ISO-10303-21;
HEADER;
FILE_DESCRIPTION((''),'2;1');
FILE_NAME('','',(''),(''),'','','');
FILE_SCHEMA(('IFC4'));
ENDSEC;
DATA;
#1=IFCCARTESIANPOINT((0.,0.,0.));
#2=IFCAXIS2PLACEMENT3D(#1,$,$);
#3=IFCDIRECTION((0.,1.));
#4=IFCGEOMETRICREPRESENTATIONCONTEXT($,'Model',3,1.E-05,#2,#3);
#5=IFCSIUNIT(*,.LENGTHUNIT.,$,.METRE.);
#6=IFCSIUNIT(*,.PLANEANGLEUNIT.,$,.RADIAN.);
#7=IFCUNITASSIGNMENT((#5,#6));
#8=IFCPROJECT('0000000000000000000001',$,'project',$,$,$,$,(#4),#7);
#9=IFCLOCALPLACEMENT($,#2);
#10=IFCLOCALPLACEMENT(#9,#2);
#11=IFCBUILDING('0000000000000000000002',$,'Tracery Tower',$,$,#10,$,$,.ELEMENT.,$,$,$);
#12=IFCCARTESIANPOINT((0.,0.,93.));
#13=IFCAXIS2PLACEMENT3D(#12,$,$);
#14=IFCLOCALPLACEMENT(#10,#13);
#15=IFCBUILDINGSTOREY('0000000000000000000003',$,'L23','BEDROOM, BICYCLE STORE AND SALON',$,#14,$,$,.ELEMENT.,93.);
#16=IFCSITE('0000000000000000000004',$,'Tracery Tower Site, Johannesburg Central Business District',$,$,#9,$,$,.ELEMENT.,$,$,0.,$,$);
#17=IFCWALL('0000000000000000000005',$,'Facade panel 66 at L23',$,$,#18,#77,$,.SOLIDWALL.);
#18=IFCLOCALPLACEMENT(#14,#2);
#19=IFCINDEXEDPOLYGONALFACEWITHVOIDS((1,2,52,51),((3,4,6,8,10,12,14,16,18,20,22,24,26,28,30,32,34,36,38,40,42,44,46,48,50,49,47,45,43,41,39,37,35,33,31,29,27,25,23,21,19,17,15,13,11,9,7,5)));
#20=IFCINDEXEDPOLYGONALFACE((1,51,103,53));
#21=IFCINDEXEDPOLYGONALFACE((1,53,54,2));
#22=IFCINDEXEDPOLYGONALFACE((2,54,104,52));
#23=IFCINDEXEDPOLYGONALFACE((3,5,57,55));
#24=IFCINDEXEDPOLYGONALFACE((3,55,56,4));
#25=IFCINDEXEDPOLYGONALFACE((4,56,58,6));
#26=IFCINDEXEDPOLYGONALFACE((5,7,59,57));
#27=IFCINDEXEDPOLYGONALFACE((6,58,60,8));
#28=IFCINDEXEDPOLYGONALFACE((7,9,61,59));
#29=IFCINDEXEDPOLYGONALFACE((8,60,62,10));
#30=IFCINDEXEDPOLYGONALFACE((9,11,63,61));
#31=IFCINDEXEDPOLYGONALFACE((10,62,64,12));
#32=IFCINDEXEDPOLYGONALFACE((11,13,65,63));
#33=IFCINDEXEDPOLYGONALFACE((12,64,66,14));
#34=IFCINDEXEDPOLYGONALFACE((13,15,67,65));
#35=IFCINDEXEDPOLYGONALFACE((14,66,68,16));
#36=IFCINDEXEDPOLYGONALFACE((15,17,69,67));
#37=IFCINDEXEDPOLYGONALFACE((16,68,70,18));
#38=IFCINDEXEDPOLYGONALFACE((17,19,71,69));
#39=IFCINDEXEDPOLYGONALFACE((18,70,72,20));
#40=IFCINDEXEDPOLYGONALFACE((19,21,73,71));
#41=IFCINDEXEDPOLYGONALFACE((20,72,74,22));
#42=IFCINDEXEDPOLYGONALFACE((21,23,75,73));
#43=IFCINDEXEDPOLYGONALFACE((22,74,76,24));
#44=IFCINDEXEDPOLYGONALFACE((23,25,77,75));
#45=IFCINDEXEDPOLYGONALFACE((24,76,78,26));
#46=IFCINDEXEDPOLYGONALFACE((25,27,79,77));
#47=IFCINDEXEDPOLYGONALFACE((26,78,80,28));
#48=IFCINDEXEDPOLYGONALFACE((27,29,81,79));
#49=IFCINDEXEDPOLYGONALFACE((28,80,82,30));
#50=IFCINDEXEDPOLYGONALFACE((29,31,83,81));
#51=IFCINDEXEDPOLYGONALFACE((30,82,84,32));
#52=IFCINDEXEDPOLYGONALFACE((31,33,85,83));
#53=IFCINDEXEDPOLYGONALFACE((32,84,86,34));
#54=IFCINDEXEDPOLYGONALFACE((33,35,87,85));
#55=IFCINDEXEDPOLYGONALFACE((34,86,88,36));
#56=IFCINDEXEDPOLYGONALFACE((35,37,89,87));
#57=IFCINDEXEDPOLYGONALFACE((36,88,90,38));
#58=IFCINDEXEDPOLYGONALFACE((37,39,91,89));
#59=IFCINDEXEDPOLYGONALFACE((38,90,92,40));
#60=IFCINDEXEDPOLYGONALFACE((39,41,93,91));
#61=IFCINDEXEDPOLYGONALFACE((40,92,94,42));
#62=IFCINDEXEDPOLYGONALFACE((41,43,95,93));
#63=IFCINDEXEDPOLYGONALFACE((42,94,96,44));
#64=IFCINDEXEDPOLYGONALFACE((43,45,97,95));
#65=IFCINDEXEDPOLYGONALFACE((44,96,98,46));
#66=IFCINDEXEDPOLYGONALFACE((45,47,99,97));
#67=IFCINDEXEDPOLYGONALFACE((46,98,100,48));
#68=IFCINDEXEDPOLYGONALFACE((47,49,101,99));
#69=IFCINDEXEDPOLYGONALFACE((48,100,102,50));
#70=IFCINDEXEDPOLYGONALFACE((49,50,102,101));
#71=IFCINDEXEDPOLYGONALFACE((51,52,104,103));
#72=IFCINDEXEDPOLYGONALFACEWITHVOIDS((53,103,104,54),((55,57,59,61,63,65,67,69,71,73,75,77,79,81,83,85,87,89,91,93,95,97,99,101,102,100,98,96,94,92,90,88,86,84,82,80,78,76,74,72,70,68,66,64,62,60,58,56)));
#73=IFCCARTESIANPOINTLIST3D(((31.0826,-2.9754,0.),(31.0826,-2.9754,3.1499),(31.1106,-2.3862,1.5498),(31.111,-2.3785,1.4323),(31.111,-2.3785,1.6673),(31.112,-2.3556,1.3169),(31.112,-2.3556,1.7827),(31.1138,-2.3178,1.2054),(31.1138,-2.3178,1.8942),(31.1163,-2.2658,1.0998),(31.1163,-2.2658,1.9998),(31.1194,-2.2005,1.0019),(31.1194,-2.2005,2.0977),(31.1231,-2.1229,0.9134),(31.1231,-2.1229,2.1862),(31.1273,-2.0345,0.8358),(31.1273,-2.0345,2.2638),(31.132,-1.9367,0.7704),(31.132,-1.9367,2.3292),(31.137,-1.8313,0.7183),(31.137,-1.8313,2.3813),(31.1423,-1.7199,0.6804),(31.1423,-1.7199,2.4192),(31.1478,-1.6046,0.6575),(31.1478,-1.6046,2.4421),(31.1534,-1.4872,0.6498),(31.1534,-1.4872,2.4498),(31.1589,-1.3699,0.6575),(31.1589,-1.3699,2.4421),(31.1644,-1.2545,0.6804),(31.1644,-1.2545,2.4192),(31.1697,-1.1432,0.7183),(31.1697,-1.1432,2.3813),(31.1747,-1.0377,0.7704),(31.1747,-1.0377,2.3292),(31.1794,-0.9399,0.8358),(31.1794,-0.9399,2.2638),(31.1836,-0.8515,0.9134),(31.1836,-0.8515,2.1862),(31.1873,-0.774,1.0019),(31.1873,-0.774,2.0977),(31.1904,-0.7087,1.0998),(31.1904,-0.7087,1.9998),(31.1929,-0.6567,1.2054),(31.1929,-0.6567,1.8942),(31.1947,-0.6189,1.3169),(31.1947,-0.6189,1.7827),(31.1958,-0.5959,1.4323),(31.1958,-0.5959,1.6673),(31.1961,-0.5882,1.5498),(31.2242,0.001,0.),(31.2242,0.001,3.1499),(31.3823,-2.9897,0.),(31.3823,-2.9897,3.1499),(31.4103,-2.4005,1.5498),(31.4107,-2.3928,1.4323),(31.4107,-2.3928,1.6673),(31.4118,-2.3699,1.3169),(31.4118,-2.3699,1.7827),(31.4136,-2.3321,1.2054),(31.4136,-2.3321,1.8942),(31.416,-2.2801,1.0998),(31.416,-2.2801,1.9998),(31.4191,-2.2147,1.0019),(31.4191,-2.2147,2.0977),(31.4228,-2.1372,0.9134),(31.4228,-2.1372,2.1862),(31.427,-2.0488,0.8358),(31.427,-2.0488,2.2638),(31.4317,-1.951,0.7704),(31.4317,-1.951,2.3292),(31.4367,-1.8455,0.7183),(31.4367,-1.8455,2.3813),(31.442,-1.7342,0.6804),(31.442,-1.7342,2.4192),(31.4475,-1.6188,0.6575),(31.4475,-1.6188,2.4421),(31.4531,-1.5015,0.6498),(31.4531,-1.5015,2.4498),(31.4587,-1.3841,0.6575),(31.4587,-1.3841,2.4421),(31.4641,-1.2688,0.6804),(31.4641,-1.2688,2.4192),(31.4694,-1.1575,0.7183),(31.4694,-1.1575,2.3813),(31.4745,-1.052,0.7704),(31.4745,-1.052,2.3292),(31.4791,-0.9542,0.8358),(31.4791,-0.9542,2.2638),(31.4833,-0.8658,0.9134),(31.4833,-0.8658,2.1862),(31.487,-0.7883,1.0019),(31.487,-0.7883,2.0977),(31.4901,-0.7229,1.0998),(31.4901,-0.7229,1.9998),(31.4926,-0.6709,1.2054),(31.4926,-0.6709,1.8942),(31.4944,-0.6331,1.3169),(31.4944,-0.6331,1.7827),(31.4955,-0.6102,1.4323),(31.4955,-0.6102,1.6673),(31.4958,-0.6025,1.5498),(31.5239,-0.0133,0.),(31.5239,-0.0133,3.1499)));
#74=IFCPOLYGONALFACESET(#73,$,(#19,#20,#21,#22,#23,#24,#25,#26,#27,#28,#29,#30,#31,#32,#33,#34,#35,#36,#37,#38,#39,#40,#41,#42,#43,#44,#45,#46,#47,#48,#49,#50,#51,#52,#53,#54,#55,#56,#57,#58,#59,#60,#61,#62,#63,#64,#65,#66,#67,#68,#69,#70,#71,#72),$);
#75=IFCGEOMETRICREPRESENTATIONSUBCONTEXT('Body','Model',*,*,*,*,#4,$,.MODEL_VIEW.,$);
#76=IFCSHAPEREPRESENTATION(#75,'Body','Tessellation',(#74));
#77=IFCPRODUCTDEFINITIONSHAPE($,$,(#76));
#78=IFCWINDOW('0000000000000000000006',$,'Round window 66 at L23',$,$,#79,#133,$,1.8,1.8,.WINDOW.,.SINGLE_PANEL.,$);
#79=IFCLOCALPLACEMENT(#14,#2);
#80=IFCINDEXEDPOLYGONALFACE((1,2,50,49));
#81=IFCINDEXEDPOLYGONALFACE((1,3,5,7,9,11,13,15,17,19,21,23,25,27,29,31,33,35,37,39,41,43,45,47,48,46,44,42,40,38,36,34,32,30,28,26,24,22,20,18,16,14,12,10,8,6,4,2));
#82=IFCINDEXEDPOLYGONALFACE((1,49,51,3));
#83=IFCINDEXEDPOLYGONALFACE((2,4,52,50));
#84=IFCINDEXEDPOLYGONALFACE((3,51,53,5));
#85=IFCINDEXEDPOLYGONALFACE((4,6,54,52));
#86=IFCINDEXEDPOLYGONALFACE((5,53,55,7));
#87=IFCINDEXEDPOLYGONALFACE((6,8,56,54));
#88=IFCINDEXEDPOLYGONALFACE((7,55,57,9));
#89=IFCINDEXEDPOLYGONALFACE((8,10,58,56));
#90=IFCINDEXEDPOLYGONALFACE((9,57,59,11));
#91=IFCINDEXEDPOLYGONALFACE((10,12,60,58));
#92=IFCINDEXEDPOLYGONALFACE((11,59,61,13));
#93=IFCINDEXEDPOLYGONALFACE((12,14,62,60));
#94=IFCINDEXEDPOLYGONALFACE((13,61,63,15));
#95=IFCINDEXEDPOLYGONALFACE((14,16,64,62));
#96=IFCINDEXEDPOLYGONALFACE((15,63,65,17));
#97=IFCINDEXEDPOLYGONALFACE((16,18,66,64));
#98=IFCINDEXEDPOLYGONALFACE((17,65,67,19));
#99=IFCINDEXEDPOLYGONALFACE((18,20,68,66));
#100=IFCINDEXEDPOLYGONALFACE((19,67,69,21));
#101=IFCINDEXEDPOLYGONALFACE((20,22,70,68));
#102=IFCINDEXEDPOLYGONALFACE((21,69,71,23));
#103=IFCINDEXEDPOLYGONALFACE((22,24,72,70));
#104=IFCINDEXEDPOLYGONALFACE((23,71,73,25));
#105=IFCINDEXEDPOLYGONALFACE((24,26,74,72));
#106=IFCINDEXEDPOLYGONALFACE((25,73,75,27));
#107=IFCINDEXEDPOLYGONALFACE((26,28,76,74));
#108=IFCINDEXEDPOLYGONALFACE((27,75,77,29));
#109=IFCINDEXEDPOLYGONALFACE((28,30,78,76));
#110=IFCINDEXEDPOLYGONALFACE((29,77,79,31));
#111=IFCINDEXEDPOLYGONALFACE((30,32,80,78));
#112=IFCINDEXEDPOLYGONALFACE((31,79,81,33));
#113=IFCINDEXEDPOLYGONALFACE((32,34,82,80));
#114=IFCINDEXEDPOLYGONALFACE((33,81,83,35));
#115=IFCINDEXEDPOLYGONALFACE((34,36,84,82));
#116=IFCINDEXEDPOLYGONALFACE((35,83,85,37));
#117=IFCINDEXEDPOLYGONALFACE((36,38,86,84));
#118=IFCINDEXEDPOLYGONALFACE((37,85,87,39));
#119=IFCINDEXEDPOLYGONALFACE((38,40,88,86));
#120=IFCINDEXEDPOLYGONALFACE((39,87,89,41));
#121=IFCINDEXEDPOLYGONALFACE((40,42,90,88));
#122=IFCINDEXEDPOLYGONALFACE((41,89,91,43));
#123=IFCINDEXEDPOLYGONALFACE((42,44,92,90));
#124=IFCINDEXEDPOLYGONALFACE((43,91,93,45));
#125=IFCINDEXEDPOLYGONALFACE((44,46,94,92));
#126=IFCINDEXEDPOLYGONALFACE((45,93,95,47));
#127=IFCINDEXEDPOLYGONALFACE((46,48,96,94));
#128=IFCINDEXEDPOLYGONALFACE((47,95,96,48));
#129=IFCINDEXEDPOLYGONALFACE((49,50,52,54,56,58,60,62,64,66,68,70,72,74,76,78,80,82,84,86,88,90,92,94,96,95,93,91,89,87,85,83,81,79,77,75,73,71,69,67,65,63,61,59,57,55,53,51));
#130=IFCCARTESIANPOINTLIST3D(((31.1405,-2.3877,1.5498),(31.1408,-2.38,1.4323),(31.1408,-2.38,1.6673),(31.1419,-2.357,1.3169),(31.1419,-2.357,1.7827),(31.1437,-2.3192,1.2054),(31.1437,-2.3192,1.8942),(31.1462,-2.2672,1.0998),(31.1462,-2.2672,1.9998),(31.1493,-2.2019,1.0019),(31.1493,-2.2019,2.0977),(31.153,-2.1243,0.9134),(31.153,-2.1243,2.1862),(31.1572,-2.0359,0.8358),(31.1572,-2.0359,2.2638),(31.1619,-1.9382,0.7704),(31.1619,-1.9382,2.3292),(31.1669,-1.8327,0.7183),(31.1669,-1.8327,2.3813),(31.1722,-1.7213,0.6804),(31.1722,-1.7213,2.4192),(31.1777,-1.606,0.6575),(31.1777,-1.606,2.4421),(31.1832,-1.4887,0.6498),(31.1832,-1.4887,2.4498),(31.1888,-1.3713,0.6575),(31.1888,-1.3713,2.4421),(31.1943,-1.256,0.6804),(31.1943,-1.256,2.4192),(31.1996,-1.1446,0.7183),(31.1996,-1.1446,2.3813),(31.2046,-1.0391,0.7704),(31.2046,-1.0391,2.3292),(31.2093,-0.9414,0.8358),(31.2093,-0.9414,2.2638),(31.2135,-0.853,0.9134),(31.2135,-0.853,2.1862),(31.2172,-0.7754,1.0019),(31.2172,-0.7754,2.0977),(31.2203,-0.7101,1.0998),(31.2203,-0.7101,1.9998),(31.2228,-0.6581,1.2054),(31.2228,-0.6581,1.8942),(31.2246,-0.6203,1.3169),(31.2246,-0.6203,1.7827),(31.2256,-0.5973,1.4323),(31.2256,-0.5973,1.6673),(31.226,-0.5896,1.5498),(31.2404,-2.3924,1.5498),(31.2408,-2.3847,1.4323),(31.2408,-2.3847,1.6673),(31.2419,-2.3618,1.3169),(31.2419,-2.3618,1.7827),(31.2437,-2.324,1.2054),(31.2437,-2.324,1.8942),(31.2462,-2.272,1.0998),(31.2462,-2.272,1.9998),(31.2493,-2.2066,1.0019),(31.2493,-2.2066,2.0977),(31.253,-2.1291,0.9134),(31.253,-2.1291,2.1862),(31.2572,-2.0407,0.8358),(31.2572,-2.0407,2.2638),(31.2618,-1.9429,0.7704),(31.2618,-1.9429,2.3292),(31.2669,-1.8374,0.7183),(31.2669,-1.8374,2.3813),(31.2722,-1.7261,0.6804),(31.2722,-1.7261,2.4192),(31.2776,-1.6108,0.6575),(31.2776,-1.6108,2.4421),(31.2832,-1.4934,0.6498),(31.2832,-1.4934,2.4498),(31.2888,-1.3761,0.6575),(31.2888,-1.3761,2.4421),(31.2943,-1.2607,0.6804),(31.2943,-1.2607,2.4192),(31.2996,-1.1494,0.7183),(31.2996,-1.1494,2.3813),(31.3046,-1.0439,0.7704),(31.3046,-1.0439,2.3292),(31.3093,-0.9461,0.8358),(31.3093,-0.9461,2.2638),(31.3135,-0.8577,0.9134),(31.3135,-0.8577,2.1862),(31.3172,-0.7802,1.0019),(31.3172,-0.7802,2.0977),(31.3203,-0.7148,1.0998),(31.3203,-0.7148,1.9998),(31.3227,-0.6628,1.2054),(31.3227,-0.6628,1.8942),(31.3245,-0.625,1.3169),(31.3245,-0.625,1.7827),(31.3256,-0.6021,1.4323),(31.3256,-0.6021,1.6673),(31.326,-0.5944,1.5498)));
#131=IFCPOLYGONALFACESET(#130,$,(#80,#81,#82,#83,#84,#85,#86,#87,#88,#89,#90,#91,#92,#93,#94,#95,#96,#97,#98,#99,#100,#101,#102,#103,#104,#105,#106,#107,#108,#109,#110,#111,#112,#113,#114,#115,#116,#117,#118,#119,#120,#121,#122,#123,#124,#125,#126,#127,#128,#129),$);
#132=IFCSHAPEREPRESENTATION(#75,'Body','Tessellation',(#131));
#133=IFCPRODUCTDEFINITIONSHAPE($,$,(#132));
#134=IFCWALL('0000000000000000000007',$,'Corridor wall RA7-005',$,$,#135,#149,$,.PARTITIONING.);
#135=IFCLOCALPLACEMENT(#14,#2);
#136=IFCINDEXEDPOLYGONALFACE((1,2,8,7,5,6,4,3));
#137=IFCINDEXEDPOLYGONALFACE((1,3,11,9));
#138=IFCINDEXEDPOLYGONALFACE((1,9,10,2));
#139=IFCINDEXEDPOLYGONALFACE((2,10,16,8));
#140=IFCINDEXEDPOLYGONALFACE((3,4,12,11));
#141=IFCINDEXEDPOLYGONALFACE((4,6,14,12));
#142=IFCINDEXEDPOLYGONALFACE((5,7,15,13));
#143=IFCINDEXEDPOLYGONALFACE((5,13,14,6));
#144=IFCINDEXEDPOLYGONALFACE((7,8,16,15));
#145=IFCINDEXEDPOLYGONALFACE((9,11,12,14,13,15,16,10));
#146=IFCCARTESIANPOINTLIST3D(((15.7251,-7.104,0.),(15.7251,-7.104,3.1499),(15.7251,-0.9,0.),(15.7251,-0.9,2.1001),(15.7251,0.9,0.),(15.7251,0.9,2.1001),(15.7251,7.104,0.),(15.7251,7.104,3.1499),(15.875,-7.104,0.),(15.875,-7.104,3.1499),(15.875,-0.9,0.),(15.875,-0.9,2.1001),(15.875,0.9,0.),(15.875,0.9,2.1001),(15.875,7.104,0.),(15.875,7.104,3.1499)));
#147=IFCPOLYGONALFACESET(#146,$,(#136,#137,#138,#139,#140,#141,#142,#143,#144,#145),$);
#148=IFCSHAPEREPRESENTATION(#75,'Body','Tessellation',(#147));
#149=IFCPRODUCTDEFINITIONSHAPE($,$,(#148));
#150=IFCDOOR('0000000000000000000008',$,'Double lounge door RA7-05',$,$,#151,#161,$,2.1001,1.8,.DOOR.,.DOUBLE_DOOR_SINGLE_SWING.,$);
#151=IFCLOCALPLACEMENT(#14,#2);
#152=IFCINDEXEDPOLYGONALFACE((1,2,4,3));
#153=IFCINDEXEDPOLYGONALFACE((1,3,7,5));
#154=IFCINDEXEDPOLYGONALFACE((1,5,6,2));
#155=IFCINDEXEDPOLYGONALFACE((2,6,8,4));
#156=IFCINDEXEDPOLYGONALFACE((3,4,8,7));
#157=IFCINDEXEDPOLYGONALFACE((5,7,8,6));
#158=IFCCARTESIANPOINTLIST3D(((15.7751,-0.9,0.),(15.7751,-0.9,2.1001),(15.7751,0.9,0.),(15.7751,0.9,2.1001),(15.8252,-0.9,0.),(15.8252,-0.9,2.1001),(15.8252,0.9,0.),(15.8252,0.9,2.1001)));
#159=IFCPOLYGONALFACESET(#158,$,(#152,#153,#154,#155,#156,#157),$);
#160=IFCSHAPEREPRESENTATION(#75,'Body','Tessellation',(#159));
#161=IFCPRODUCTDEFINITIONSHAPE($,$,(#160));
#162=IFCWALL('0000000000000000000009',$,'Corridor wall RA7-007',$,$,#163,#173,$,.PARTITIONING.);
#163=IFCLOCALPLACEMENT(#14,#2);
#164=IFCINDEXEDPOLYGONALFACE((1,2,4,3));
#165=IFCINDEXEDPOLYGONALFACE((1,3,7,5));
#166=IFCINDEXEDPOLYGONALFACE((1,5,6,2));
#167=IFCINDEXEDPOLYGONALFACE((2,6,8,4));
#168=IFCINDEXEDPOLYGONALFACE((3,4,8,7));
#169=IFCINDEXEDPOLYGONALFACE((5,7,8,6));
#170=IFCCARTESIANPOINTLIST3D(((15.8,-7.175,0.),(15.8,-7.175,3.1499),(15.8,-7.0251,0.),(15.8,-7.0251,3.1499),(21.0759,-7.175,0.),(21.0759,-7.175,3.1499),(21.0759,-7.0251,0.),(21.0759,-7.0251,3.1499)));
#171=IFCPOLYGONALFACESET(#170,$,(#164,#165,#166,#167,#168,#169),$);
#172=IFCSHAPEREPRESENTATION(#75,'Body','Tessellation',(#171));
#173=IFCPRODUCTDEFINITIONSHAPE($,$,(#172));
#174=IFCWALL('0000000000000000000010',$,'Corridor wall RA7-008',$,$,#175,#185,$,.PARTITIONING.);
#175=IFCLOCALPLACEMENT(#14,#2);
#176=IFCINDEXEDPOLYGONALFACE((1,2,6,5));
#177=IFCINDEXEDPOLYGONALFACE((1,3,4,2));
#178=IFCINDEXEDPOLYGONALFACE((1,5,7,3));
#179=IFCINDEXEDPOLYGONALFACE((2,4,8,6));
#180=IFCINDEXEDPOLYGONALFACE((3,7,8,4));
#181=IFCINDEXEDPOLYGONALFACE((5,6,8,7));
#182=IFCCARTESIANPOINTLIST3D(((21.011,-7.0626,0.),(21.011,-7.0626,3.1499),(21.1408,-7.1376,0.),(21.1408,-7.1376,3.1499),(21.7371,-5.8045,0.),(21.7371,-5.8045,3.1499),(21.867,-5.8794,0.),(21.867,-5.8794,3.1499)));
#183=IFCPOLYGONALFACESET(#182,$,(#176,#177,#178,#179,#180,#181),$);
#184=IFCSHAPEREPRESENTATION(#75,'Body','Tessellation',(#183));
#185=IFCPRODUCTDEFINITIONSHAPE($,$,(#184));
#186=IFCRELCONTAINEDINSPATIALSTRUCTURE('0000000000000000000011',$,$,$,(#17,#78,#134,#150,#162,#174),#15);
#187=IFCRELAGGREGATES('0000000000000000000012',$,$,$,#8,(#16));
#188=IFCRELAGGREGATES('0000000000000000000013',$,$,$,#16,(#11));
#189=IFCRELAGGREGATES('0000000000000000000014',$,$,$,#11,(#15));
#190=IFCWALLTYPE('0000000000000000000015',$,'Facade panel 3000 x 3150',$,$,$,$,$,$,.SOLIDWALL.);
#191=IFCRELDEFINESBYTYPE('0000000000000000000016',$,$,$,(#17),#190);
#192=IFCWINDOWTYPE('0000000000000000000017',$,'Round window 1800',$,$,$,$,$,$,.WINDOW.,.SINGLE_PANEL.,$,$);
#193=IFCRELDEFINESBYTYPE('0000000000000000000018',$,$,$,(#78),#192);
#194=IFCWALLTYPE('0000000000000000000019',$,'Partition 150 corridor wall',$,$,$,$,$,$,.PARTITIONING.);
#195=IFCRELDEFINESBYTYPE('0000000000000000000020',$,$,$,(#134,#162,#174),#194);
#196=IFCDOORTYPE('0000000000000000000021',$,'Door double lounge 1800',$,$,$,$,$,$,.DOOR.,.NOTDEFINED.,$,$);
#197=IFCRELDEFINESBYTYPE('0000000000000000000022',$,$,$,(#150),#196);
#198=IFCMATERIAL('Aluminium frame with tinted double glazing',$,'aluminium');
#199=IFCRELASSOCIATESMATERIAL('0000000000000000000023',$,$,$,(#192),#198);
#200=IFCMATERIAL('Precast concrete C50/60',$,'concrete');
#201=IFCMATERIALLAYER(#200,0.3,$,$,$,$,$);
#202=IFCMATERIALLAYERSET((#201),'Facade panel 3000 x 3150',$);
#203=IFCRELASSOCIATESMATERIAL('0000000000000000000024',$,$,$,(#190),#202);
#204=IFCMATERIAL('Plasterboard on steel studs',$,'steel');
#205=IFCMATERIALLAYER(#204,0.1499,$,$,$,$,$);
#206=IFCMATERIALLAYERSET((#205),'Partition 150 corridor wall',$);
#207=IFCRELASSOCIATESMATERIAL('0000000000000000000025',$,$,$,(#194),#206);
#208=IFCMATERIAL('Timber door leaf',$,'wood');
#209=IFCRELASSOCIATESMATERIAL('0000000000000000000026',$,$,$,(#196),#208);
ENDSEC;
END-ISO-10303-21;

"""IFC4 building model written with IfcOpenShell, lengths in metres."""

from ifc_helpers import new_model, si_unit, direction, frame, frame_2d, origin, origin_2d, place, context, subcontext, project, spatial, rectangle, circle, extrude, material, layer, layer_set, type_object, element, fill, save


model = new_model("IFC4")

# Units and contexts
model_context = context("Model", 3, precision=1e-05, world=origin(), true_north=direction((0.0, 1.0)))
body_context = subcontext(model_context, "Body", "Model", "MODEL_VIEW")
ifc_project = project(units=[si_unit("LENGTHUNIT", "METRE"), si_unit("PLANEANGLEUNIT", "RADIAN")], contexts=[model_context])

# Site, building, storey
site_placement = place(None, origin())
site = spatial("IfcSite", under=ifc_project, at=site_placement, Name="Tracery Tower Site, Johannesburg Central Business District", CompositionType="ELEMENT", RefElevation=0.0)
building_placement = place(site_placement, origin())
building = spatial("IfcBuilding", under=site, at=building_placement, Name="Tracery Tower", CompositionType="ELEMENT")
storey_placement = place(building_placement, frame((0.0, 0.0, 93.0)))
storey = spatial("IfcBuildingStorey", under=building, at=storey_placement, Name="L23", Description="BEDROOM, BICYCLE STORE AND SALON", CompositionType="ELEMENT", Elevation=93.0)

# Wall, opening, window
ifc_material_1 = material(Name="Aluminium frame with tinted double glazing", Category="aluminium")
window_type = type_object("IfcWindowType", Name="Round window 1800", PartitioningType="SINGLE_PANEL", PredefinedType="WINDOW", material=ifc_material_1)
ifc_material_2 = material(Name="Precast concrete C50/60", Category="concrete")
ifc_layer_1 = layer(ifc_material_2, 0.3)
ifc_layer_set_1 = layer_set([ifc_layer_1], Name="Facade panel 3000 x 3150")
wall_type_1 = type_object("IfcWallType", Name="Facade panel 3000 x 3150", PredefinedType="SOLIDWALL", material=ifc_layer_set_1)
wall_1_placement = place(storey_placement, frame((31.2324, -2.9824, 0.0), z_axis=(0.0, 0.0, 1.0), x_axis=(0.047522, 0.99887, 0.0)))
wall_1 = element("IfcWall", 1, at=wall_1_placement, inside=storey, type_object=wall_type_1, Name="Facade panel 66 at L23", PredefinedType="SOLIDWALL", context=body_context, shape_type="SweptSolid", body=[
    extrude(rectangle(XDim=2.9797, YDim=0.3, at=frame_2d((1.4897, 0.0))), origin(), (0.0, 0.0, 1.0), 3.1499),
])
opening_1_placement = place(wall_1_placement, frame((1.4897, 0.0, 1.5498)))
opening_1 = element("IfcOpeningElement", 2, at=opening_1_placement, cuts=wall_1, PredefinedType="OPENING", context=body_context, shape_type="SweptSolid", body=[
    extrude(circle(Radius=0.9, at=origin_2d()), frame((0.0, 0.1599, 0.0), z_axis=(0.0, -1.0, 0.0), x_axis=(1.0, 0.0, 0.0)), (0.0, 0.0, 1.0), 0.3201),
])
window_1_placement = place(opening_1_placement, origin())
window_1 = element("IfcWindow", 3, at=window_1_placement, inside=storey, type_object=window_type, Name="Round window 66 at L23", OverallHeight=1.8, OverallWidth=1.8, PartitioningType="SINGLE_PANEL", PredefinedType="WINDOW", context=body_context, shape_type="SweptSolid", body=[
    extrude(circle(Radius=0.9, at=origin_2d()), frame((0.0, 0.1201, 0.0), z_axis=(0.0, -1.0, 0.0), x_axis=(1.0, 0.0, 0.0)), (0.0, 0.0, 1.0), 0.1001),
])
fill(opening_1, window_1)

# Wall, opening, door
ifc_material_3 = material(Name="Plasterboard on steel studs", Category="steel")
ifc_layer_2 = layer(ifc_material_3, 0.1499)
ifc_layer_set_2 = layer_set([ifc_layer_2], Name="Partition 150 corridor wall")
wall_type_2 = type_object("IfcWallType", Name="Partition 150 corridor wall", PredefinedType="PARTITIONING", material=ifc_layer_set_2)
wall_2_placement = place(storey_placement, frame((15.8, -7.104, 0.0), z_axis=(0.0, 0.0, 1.0), x_axis=(0.0, 1.0, 0.0)))
wall_2 = element("IfcWall", 4, at=wall_2_placement, inside=storey, type_object=wall_type_2, Name="Corridor wall RA7-005", PredefinedType="PARTITIONING", context=body_context, shape_type="SweptSolid", body=[
    extrude(rectangle(XDim=14.208, YDim=0.1499, at=frame_2d((7.104, 0.0))), origin(), (0.0, 0.0, 1.0), 3.1499),
])
opening_2_placement = place(wall_2_placement, frame((6.2041, 0.0, 0.0)))
opening_2 = element("IfcOpeningElement", 5, at=opening_2_placement, cuts=wall_2, PredefinedType="OPENING", context=body_context, shape_type="SweptSolid", body=[
    extrude(rectangle(XDim=1.8, YDim=2.1001, at=frame_2d((0.8999, 1.05))), frame((0.0, 0.075, 0.0), z_axis=(0.0, -1.0, 0.0), x_axis=(1.0, 0.0, 0.0)), (0.0, 0.0, 1.0), 0.1499),
])
ifc_material_4 = material(Name="Timber door leaf", Category="wood")
door_type_1 = type_object("IfcDoorType", Name="Door double lounge 1800", OperationType="NOTDEFINED", PredefinedType="DOOR", material=ifc_material_4)
door_1_placement = place(opening_2_placement, origin())
door_1 = element("IfcDoor", 6, at=door_1_placement, inside=storey, type_object=door_type_1, Name="Double lounge door RA7-05", OperationType="DOUBLE_DOOR_SINGLE_SWING", OverallHeight=2.1001, OverallWidth=1.8, PredefinedType="DOOR", context=body_context, shape_type="SweptSolid", body=[
    extrude(rectangle(XDim=1.8, YDim=2.1001, at=frame_2d((0.8999, 1.05))), frame((0.0, 0.0249, 0.0), z_axis=(0.0, -1.0, 0.0), x_axis=(1.0, 0.0, 0.0)), (0.0, 0.0, 1.0), 0.05),
])
fill(opening_2, door_1)

# Walls
wall_3_placement = place(storey_placement, frame((15.8, -7.1001, 0.0), z_axis=(0.0, 0.0, 1.0), x_axis=(1.0, 0.0, 0.0)))
element("IfcWall", 7, at=wall_3_placement, inside=storey, type_object=wall_type_2, Name="Corridor wall RA7-007", PredefinedType="PARTITIONING", context=body_context, shape_type="SweptSolid", body=[
    extrude(rectangle(XDim=5.2759, YDim=0.1499, at=frame_2d((2.6379, 0.0))), origin(), (0.0, 0.0, 1.0), 3.1499),
])
wall_4_placement = place(storey_placement, frame((21.0759, -7.1001, 0.0), z_axis=(0.0, 0.0, 1.0), x_axis=(0.499863, 0.866104, 0.0)))
element("IfcWall", 8, at=wall_4_placement, inside=storey, type_object=wall_type_2, Name="Corridor wall RA7-008", PredefinedType="PARTITIONING", context=body_context, shape_type="SweptSolid", body=[
    extrude(rectangle(XDim=1.4526, YDim=0.1499, at=frame_2d((0.7263, 0.0))), origin(), (0.0, 0.0, 1.0), 3.1499),
])

save(model, "model.ifc")
